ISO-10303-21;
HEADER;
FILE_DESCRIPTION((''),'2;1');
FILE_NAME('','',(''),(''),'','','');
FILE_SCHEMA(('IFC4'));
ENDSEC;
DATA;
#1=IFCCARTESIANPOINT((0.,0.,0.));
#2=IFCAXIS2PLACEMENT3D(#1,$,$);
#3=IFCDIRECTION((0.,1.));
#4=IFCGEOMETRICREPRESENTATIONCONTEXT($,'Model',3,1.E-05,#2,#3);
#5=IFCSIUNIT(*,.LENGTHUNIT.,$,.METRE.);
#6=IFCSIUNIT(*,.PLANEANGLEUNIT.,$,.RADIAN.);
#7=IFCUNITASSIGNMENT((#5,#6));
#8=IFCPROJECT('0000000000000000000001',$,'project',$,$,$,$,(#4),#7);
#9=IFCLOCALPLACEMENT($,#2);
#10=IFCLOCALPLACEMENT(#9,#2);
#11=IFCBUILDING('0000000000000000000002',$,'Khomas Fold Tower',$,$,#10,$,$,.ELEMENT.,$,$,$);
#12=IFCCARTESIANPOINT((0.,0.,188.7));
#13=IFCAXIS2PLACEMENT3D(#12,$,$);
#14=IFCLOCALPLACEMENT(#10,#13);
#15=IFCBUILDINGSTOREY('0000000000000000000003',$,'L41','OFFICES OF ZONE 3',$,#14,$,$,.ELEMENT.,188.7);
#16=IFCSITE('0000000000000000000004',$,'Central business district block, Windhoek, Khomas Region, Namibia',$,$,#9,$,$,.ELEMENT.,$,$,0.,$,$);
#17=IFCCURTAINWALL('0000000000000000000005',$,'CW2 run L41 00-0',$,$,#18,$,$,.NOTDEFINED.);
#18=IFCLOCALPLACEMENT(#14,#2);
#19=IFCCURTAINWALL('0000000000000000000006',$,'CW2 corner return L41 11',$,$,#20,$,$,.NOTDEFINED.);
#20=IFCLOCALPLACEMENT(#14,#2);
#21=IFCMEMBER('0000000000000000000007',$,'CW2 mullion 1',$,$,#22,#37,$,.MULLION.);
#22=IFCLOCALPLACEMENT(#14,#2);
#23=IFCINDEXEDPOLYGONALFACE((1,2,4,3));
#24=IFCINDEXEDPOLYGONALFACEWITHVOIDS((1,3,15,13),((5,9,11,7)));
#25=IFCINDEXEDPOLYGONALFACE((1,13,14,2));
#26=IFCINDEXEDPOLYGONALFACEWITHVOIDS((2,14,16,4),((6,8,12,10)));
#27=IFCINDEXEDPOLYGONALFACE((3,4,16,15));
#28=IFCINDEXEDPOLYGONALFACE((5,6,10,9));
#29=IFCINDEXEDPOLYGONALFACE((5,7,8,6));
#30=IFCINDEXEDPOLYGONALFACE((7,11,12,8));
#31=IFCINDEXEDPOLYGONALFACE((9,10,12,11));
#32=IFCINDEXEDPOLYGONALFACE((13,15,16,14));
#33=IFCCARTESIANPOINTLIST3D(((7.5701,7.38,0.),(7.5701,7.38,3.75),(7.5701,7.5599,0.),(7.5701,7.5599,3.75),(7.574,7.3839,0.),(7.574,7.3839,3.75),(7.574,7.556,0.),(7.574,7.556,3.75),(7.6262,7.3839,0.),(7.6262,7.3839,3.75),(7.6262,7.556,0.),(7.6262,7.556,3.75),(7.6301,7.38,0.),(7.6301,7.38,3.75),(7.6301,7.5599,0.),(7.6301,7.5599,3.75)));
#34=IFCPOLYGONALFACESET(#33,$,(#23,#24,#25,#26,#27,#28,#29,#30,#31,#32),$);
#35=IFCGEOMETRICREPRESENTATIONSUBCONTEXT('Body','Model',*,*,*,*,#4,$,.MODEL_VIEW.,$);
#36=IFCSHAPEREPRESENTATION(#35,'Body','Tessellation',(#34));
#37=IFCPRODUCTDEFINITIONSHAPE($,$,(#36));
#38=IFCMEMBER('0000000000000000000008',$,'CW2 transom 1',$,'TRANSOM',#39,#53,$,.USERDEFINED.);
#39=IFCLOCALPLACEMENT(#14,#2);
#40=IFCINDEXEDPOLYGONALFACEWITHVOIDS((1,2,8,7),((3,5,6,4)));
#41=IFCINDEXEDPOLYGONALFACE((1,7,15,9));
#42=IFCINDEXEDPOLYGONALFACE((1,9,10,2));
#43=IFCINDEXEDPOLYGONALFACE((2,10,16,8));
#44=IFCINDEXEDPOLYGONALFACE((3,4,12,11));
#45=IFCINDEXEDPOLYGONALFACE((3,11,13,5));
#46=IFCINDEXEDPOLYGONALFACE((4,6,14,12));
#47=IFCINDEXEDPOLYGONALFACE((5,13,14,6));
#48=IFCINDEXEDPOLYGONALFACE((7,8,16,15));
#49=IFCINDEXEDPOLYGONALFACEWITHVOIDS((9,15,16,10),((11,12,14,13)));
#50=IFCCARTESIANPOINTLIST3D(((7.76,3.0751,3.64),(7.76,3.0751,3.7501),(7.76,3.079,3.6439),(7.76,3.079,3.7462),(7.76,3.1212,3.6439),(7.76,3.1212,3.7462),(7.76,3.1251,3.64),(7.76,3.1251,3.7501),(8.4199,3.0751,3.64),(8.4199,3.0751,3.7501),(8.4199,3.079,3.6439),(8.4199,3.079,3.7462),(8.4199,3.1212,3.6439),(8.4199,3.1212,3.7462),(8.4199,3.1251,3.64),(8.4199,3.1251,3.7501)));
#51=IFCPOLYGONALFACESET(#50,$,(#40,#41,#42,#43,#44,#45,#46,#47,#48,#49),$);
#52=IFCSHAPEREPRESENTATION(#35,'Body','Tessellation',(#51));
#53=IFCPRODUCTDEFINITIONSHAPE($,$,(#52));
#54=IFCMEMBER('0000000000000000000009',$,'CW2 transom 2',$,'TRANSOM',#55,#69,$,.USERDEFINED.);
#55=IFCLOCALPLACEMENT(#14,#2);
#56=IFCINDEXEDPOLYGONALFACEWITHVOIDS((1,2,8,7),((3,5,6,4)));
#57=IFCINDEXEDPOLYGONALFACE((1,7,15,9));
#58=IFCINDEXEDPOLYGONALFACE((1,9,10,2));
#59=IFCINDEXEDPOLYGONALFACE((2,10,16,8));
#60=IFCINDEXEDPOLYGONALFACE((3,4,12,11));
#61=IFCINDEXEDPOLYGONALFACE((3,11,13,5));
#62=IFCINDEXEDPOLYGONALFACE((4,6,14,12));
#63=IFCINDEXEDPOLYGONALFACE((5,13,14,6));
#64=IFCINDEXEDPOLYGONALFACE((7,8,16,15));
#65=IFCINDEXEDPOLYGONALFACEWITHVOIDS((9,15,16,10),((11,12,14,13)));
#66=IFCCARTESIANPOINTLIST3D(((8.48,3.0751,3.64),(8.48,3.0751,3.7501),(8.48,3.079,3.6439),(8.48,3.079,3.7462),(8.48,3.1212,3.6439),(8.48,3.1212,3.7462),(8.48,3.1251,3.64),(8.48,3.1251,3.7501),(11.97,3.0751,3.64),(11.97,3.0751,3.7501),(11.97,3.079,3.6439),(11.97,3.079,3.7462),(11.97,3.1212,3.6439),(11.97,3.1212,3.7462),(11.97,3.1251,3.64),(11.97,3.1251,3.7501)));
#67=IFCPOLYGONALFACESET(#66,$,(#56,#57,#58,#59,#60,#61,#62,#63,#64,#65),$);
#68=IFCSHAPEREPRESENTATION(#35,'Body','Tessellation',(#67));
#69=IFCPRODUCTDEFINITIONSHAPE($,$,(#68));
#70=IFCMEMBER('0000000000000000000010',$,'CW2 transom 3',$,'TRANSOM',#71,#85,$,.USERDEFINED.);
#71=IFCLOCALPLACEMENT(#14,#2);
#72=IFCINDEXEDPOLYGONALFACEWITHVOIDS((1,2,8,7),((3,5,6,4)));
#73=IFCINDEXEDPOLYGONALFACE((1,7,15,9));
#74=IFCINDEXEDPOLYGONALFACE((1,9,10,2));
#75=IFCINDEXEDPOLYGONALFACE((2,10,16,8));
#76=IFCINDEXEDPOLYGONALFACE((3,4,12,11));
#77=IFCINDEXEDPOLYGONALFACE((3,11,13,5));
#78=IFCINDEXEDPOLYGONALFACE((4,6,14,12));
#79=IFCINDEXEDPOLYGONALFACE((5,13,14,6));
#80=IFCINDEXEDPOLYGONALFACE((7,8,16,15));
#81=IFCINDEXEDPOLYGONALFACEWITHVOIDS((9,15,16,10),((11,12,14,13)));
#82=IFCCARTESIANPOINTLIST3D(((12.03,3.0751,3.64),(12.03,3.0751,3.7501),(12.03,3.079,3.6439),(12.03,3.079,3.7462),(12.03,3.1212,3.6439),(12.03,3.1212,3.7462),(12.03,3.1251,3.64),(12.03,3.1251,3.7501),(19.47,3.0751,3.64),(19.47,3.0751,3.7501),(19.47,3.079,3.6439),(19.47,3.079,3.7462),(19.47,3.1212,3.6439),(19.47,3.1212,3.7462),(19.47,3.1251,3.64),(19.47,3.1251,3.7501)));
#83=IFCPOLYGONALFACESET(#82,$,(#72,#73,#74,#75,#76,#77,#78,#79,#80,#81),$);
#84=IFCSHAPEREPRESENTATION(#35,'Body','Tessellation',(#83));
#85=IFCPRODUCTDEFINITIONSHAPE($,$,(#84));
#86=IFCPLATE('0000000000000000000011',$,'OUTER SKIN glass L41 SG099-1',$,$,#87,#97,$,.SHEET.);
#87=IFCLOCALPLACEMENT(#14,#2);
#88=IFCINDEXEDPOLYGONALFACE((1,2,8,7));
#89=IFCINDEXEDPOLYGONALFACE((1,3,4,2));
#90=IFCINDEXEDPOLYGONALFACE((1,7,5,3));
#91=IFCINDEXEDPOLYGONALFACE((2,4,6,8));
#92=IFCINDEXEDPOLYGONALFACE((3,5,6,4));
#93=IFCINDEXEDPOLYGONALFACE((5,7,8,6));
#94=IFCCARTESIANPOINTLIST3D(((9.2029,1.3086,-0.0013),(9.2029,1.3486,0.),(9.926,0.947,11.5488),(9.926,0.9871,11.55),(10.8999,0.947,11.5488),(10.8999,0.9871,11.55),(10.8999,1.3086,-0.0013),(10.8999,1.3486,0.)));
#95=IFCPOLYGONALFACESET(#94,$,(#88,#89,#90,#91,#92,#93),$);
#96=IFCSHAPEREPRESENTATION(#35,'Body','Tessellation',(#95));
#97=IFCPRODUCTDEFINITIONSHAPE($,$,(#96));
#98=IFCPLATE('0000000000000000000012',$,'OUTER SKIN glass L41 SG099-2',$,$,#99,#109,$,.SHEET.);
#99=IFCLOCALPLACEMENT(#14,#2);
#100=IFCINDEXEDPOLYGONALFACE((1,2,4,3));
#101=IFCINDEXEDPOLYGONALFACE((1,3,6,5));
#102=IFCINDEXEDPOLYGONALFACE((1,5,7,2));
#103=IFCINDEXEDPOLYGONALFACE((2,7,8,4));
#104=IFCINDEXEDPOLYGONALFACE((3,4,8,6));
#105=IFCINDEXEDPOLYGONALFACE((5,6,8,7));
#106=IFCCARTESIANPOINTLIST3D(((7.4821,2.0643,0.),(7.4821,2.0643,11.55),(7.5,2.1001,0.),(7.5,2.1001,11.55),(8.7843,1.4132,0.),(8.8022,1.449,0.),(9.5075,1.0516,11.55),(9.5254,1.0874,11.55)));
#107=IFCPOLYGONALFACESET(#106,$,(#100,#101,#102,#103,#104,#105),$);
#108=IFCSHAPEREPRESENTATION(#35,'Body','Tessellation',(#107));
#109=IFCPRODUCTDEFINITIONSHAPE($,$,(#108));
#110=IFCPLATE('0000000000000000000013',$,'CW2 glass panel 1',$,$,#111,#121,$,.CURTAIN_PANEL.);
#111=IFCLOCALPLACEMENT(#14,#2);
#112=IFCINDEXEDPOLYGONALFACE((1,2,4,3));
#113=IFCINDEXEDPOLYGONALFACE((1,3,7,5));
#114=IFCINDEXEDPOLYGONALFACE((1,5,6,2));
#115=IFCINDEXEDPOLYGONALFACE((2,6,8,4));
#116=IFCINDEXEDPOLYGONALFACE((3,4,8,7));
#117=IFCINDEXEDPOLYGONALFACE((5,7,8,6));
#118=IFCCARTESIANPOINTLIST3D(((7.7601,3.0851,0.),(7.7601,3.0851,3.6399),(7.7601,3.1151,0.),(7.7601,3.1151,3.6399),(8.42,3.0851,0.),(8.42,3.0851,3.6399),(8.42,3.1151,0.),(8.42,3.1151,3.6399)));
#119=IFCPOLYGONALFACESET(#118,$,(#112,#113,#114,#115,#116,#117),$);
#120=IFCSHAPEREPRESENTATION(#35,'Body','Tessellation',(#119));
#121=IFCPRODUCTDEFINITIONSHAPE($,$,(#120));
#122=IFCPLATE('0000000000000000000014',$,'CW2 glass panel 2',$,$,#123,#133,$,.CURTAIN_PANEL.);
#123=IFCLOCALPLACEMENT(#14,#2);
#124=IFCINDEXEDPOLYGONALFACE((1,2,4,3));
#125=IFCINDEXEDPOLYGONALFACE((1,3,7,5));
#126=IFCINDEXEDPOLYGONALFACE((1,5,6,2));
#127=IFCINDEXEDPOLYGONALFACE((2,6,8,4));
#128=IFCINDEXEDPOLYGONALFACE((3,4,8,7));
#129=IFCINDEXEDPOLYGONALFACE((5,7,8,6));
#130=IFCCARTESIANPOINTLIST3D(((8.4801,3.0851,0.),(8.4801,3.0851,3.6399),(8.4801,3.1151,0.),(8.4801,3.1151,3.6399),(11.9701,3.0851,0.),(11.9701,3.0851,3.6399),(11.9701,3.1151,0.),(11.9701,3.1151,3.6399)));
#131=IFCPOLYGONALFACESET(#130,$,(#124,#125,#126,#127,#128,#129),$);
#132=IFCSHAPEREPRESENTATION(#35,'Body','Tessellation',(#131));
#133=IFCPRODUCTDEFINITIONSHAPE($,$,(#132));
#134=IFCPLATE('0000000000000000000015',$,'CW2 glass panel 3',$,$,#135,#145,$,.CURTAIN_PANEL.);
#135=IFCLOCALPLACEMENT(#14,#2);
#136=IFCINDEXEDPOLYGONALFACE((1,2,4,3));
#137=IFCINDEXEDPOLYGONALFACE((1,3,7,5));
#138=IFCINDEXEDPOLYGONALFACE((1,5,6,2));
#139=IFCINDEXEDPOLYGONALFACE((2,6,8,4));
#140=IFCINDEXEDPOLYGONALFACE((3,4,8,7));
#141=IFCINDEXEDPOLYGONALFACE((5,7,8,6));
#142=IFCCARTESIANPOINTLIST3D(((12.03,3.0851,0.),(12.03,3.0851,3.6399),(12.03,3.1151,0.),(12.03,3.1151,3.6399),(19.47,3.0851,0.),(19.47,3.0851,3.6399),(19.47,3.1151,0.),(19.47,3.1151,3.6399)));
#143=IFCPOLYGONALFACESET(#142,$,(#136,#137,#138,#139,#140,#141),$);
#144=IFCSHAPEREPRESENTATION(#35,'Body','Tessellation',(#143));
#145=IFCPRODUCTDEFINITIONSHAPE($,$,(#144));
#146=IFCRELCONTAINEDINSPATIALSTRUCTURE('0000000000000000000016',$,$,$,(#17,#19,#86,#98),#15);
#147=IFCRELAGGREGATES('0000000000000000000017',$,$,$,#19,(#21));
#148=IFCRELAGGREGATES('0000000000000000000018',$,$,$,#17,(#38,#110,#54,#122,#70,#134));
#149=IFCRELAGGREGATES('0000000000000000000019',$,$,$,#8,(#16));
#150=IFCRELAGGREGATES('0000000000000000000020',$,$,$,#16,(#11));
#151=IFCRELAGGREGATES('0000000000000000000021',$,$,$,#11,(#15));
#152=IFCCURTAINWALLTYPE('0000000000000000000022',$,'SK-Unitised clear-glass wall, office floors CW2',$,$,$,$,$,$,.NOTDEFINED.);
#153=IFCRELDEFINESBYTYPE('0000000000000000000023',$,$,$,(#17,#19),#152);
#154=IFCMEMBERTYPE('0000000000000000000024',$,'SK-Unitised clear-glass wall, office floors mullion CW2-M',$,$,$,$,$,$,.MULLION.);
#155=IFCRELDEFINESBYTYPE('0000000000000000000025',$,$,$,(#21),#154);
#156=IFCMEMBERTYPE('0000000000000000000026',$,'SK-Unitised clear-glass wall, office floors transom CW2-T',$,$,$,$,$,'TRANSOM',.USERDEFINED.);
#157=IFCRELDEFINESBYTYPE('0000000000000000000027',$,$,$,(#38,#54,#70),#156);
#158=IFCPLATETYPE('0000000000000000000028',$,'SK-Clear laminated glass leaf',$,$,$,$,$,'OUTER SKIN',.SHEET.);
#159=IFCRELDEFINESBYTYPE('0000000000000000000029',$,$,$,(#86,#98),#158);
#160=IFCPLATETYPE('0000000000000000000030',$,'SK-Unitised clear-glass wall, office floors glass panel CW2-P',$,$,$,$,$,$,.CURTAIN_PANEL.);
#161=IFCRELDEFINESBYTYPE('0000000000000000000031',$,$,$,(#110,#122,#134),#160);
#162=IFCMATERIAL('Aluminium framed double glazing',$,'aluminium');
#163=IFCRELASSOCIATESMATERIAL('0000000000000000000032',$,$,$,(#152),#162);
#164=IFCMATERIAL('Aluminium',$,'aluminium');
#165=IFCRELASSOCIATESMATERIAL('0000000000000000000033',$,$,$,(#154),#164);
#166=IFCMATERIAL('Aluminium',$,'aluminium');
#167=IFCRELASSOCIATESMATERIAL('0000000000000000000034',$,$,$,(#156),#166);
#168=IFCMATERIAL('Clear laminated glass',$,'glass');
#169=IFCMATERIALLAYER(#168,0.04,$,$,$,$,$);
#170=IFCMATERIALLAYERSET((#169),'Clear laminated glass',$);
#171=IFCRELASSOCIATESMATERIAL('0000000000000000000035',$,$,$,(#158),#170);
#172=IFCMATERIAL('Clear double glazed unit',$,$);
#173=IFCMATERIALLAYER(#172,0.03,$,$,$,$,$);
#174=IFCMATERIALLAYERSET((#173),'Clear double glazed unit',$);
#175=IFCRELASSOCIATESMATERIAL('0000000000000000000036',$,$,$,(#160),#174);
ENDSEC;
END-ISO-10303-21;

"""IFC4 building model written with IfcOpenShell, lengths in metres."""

from ifc_helpers import new_model, si_unit, direction, frame, origin, origin_2d, place, context, subcontext, project, spatial, polyline, rectangle, hollow_rectangle, outline, extrude, source, transform, mapped, material, layer, layer_set, material_profile, profile_set, type_object, element, aggregate, save


model = new_model("IFC4")

# Units and contexts
model_context = context("Model", 3, precision=1e-05, world=origin(), true_north=direction((0.0, 1.0)))
body_context = subcontext(model_context, "Body", "Model", "MODEL_VIEW")
ifc_project = project(units=[si_unit("LENGTHUNIT", "METRE"), si_unit("PLANEANGLEUNIT", "RADIAN")], contexts=[model_context])

# Site, building, storey
site_placement = place(None, origin())
site = spatial("IfcSite", under=ifc_project, at=site_placement, Name="Central business district block, Windhoek, Khomas Region, Namibia", CompositionType="ELEMENT", RefElevation=0.0)
building_placement = place(site_placement, origin())
building = spatial("IfcBuilding", under=site, at=building_placement, Name="Khomas Fold Tower", CompositionType="ELEMENT")
storey_placement = place(building_placement, frame((0.0, 0.0, 188.7)))
storey = spatial("IfcBuildingStorey", under=building, at=storey_placement, Name="L41", Description="OFFICES OF ZONE 3", CompositionType="ELEMENT", Elevation=188.7)

# Curtain wall
ifc_material_1 = material(Name="Aluminium framed double glazing", Category="aluminium")
curtain_wall_type = type_object("IfcCurtainWallType", Name="SK-Unitised clear-glass wall, office floors CW2", PredefinedType="NOTDEFINED", material=ifc_material_1)
curtain_wall_1_placement = place(storey_placement, origin())
curtain_wall_1 = element("IfcCurtainWall", 1, at=curtain_wall_1_placement, inside=storey, type_object=curtain_wall_type, Name="CW2 run L41 00-0", PredefinedType="NOTDEFINED")
ifc_material_2 = material(Name="Aluminium", Category="aluminium")
ifc_material_profile_1 = material_profile(ifc_material_2, hollow_rectangle(XDim=0.0601, YDim=0.1799, WallThickness=0.0039, at=origin_2d()), Name="SK-Unitised clear-glass wall, office floors mullion CW2-M")
ifc_profile_set_1 = profile_set([ifc_material_profile_1], Name="Aluminium")
member_type_1 = type_object("IfcMemberType", Name="SK-Unitised clear-glass wall, office floors mullion CW2-M", PredefinedType="MULLION", material=ifc_profile_set_1)
shared_shape_1 = source(origin(), body_context, "Body", "SweptSolid", [
    extrude(hollow_rectangle(XDim=0.0601, YDim=0.1799, WallThickness=0.0039, at=origin_2d()), origin(), (0.0, 0.0, 1.0), 3.75),
])

# Curtain wall, member
curtain_wall_2_placement = place(storey_placement, origin())
curtain_wall_2 = element("IfcCurtainWall", 2, at=curtain_wall_2_placement, inside=storey, type_object=curtain_wall_type, Name="CW2 corner return L41 11", PredefinedType="NOTDEFINED")
member_1_placement = place(storey_placement, frame((7.6001, 7.47, 0.0), z_axis=(0.0, 0.0, 1.0), x_axis=(1.0, 0.0, 0.0)))
member_1 = element("IfcMember", 3, at=member_1_placement, type_object=member_type_1, Name="CW2 mullion 1", PredefinedType="MULLION", context=body_context, shape_type="MappedRepresentation", body=[
    mapped(shared_shape_1, transform((0.0, 0.0, 0.0))),
])
aggregate(curtain_wall_2, [member_1])

# Members
ifc_material_3 = material(Name="Aluminium", Category="aluminium")
ifc_material_profile_2 = material_profile(ifc_material_3, hollow_rectangle(XDim=0.05, YDim=0.1101, WallThickness=0.0039, at=origin_2d()), Name="SK-Unitised clear-glass wall, office floors transom CW2-T")
ifc_profile_set_2 = profile_set([ifc_material_profile_2], Name="Aluminium")
member_type_2 = type_object("IfcMemberType", Name="SK-Unitised clear-glass wall, office floors transom CW2-T", ElementType="TRANSOM", PredefinedType="USERDEFINED", material=ifc_profile_set_2)
shared_shape_2 = source(origin(), body_context, "Body", "SweptSolid", [
    extrude(hollow_rectangle(XDim=0.05, YDim=0.1101, WallThickness=0.0039, at=origin_2d()), origin(), (0.0, 0.0, 1.0), 0.6599),
])
member_2_placement = place(storey_placement, frame((7.76, 3.1001, 3.6951), z_axis=(1.0, 0.0, 0.0), x_axis=(0.0, 1.0, 0.0)))
member_2 = element("IfcMember", 4, at=member_2_placement, type_object=member_type_2, Name="CW2 transom 1", ObjectType="TRANSOM", PredefinedType="USERDEFINED", context=body_context, shape_type="MappedRepresentation", body=[
    mapped(shared_shape_2, transform((0.0, 0.0, 0.0))),
])
shared_shape_3 = source(origin(), body_context, "Body", "SweptSolid", [
    extrude(hollow_rectangle(XDim=0.05, YDim=0.1101, WallThickness=0.0039, at=origin_2d()), origin(), (0.0, 0.0, 1.0), 3.49),
])
member_3_placement = place(storey_placement, frame((8.48, 3.1001, 3.6951), z_axis=(1.0, 0.0, 0.0), x_axis=(0.0, 1.0, 0.0)))
member_3 = element("IfcMember", 5, at=member_3_placement, type_object=member_type_2, Name="CW2 transom 2", ObjectType="TRANSOM", PredefinedType="USERDEFINED", context=body_context, shape_type="MappedRepresentation", body=[
    mapped(shared_shape_3, transform((0.0, 0.0, 0.0))),
])
shared_shape_4 = source(origin(), body_context, "Body", "SweptSolid", [
    extrude(hollow_rectangle(XDim=0.05, YDim=0.1101, WallThickness=0.0039, at=origin_2d()), origin(), (0.0, 0.0, 1.0), 7.4399),
])
member_4_placement = place(storey_placement, frame((12.03, 3.1001, 3.6951), z_axis=(1.0, 0.0, 0.0), x_axis=(0.0, 1.0, 0.0)))
member_4 = element("IfcMember", 6, at=member_4_placement, type_object=member_type_2, Name="CW2 transom 3", ObjectType="TRANSOM", PredefinedType="USERDEFINED", context=body_context, shape_type="MappedRepresentation", body=[
    mapped(shared_shape_4, transform((0.0, 0.0, 0.0))),
])

# Plates
ifc_material_4 = material(Name="Clear laminated glass", Category="glass")
ifc_layer_1 = layer(ifc_material_4, 0.04)
ifc_layer_set_1 = layer_set([ifc_layer_1], Name="Clear laminated glass")
plate_type_1 = type_object("IfcPlateType", Name="SK-Clear laminated glass leaf", ElementType="OUTER SKIN", PredefinedType="SHEET", material=ifc_layer_set_1)
plate_1_placement = place(storey_placement, frame((10.8999, 1.3486, 0.0), z_axis=(0.0, 0.99951, 0.031289), x_axis=(-1.0, 0.0, 0.0)))
element("IfcPlate", 7, at=plate_1_placement, inside=storey, type_object=plate_type_1, Name="OUTER SKIN glass L41 SG099-1", PredefinedType="SHEET", context=body_context, shape_type="SweptSolid", body=[
    extrude(outline(polyline([(0.0, 0.0), (1.697, 0.0), (0.9739, 11.5557), (0.0, 11.5557), (0.0, 0.0)])), origin(), (0.0, 0.0, -1.0), 0.04),
])
plate_2_placement = place(storey_placement, frame((8.8022, 1.449, 0.0), z_axis=(0.447214, 0.894427, 0.0), x_axis=(-0.894427, 0.447214, 0.0)))
element("IfcPlate", 8, at=plate_2_placement, inside=storey, type_object=plate_type_1, Name="OUTER SKIN glass L41 SG099-2", PredefinedType="SHEET", context=body_context, shape_type="SweptSolid", body=[
    extrude(outline(polyline([(0.0, 0.0), (1.456, 0.0), (1.456, 11.55), (-0.8085, 11.55), (0.0, 0.0)])), origin(), (0.0, 0.0, -1.0), 0.04),
])

# Plates
ifc_material_5 = material(Name="Clear double glazed unit")
ifc_layer_2 = layer(ifc_material_5, 0.03)
ifc_layer_set_2 = layer_set([ifc_layer_2], Name="Clear double glazed unit")
plate_type_2 = type_object("IfcPlateType", Name="SK-Unitised clear-glass wall, office floors glass panel CW2-P", PredefinedType="CURTAIN_PANEL", material=ifc_layer_set_2)
shared_shape_5 = source(origin(), body_context, "Body", "SweptSolid", [
    extrude(rectangle(XDim=0.6599, YDim=0.03, at=origin_2d()), origin(), (0.0, 0.0, 1.0), 3.6399),
])
plate_3_placement = place(storey_placement, frame((8.0901, 3.1001, 0.0), z_axis=(0.0, 0.0, 1.0), x_axis=(1.0, 0.0, 0.0)))
plate_3 = element("IfcPlate", 9, at=plate_3_placement, type_object=plate_type_2, Name="CW2 glass panel 1", PredefinedType="CURTAIN_PANEL", context=body_context, shape_type="MappedRepresentation", body=[
    mapped(shared_shape_5, transform((0.0, 0.0, 0.0))),
])
shared_shape_6 = source(origin(), body_context, "Body", "SweptSolid", [
    extrude(rectangle(XDim=3.49, YDim=0.03, at=origin_2d()), origin(), (0.0, 0.0, 1.0), 3.6399),
])
plate_4_placement = place(storey_placement, frame((10.2251, 3.1001, 0.0), z_axis=(0.0, 0.0, 1.0), x_axis=(1.0, 0.0, 0.0)))
plate_4 = element("IfcPlate", 10, at=plate_4_placement, type_object=plate_type_2, Name="CW2 glass panel 2", PredefinedType="CURTAIN_PANEL", context=body_context, shape_type="MappedRepresentation", body=[
    mapped(shared_shape_6, transform((0.0, 0.0, 0.0))),
])
shared_shape_7 = source(origin(), body_context, "Body", "SweptSolid", [
    extrude(rectangle(XDim=7.4399, YDim=0.03, at=origin_2d()), origin(), (0.0, 0.0, 1.0), 3.6399),
])
plate_5_placement = place(storey_placement, frame((15.75, 3.1001, 0.0), z_axis=(0.0, 0.0, 1.0), x_axis=(1.0, 0.0, 0.0)))
plate_5 = element("IfcPlate", 11, at=plate_5_placement, type_object=plate_type_2, Name="CW2 glass panel 3", PredefinedType="CURTAIN_PANEL", context=body_context, shape_type="MappedRepresentation", body=[
    mapped(shared_shape_7, transform((0.0, 0.0, 0.0))),
])
aggregate(curtain_wall_1, [member_2, plate_3, member_3, plate_4, member_4, plate_5])

save(model, "model.ifc")
